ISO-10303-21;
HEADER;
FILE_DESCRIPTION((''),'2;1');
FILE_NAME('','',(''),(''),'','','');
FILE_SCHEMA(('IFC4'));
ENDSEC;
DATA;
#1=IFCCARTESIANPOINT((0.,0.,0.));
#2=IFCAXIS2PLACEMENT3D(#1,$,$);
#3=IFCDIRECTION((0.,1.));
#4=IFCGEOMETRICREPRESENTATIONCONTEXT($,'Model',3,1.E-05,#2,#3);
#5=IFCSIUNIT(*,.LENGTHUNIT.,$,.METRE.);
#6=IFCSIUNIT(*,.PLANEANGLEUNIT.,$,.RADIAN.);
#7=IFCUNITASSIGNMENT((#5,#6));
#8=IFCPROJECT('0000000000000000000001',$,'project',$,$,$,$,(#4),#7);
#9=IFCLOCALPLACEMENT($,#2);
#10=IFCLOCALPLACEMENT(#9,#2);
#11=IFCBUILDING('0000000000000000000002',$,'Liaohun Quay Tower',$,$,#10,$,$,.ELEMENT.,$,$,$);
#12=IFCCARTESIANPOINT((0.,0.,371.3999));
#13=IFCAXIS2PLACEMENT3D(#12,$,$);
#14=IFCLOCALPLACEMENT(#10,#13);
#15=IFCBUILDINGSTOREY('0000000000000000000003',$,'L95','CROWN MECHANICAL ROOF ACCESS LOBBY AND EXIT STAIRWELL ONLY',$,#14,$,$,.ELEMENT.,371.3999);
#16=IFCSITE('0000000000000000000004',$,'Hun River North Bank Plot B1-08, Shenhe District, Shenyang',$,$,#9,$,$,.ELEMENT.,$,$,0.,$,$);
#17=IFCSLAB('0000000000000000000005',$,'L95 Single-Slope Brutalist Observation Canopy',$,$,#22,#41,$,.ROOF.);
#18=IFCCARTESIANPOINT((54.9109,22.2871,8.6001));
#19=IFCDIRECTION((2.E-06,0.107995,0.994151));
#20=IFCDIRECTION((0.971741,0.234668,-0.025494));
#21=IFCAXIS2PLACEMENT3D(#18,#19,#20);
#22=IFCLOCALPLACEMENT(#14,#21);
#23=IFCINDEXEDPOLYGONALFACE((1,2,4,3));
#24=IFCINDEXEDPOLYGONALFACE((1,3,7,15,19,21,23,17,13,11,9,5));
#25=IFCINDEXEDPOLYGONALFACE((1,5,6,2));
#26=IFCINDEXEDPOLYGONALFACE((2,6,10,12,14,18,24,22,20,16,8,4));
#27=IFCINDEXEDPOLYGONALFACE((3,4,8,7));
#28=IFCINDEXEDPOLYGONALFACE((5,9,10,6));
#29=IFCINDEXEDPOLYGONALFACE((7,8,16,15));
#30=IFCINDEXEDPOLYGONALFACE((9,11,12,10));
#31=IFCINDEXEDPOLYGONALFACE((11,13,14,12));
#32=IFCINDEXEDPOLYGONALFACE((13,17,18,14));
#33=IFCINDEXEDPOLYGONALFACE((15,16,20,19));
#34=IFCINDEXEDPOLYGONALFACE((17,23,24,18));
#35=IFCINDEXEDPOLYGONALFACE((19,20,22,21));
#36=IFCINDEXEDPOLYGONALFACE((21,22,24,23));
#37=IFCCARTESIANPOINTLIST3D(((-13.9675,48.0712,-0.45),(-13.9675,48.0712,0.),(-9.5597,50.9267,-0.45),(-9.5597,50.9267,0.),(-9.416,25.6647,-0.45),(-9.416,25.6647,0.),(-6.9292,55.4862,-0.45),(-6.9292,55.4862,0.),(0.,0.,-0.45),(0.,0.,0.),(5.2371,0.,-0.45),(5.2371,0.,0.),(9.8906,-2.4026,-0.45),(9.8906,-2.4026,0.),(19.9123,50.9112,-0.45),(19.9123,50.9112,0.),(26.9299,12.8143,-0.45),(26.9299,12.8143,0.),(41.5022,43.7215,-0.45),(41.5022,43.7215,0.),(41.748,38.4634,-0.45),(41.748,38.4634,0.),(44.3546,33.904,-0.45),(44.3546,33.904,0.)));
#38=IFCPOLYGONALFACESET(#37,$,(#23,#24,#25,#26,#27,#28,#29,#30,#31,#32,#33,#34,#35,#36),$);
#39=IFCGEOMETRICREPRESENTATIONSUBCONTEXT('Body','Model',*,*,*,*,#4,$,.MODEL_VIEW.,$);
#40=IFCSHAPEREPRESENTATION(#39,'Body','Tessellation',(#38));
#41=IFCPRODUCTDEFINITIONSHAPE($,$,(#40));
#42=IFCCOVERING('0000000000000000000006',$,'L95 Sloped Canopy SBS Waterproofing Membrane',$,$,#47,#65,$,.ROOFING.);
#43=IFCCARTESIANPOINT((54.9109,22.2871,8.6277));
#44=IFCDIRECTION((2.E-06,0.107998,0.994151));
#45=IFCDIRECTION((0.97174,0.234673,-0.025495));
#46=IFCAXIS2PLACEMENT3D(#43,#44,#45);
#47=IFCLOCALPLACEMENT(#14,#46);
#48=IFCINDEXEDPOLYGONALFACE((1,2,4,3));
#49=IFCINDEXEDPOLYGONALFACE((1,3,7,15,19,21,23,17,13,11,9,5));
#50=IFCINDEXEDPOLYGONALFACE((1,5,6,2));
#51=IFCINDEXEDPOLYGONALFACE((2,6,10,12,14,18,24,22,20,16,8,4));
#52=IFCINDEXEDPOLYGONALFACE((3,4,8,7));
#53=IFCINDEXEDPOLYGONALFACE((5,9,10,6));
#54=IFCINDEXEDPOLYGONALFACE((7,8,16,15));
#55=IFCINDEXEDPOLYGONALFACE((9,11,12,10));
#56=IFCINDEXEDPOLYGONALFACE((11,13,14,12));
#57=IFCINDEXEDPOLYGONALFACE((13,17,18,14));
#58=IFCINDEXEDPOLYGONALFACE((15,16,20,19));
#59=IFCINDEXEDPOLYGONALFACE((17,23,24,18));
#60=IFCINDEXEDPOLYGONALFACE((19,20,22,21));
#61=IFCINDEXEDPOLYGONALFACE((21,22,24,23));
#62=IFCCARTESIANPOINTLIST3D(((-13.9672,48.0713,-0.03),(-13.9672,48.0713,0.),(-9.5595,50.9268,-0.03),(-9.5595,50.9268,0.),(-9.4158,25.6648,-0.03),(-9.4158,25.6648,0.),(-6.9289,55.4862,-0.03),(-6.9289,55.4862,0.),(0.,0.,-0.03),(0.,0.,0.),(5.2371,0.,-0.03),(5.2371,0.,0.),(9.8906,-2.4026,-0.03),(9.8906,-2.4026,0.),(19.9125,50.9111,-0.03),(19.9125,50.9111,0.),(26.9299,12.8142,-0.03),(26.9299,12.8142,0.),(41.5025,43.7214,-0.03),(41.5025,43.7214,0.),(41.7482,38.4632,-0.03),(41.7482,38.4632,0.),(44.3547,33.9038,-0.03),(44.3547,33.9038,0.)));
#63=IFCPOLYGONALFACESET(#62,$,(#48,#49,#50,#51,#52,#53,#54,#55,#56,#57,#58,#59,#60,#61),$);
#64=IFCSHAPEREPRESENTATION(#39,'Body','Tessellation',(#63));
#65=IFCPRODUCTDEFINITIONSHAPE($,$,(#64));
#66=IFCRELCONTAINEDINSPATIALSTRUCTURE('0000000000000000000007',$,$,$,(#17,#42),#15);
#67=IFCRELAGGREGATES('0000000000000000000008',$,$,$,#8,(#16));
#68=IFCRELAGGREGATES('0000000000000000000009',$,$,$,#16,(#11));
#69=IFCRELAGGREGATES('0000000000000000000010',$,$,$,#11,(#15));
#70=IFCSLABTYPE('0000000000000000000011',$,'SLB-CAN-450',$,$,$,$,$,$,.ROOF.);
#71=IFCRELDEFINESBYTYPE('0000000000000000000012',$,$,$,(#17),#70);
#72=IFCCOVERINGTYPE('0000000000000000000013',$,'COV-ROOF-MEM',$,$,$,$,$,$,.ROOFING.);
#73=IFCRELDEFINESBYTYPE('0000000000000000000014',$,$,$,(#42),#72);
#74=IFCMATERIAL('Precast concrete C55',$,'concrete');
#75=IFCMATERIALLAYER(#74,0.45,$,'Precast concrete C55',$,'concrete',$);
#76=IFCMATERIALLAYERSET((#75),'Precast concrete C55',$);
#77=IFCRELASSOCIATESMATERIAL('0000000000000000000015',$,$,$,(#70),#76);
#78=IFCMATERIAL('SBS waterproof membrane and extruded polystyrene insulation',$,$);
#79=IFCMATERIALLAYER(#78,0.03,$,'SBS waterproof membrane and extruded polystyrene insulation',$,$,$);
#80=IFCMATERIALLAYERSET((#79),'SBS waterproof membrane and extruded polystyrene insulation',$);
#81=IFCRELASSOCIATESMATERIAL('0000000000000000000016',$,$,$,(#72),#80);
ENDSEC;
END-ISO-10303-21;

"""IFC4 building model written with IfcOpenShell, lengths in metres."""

from ifc_helpers import new_model, si_unit, direction, frame, origin, place, context, subcontext, project, spatial, polyline, outline, extrude, material, layer, layer_set, type_object, element, save


model = new_model("IFC4")

# Units and contexts
model_context = context("Model", 3, precision=1e-05, world=origin(), true_north=direction((0.0, 1.0)))
body_context = subcontext(model_context, "Body", "Model", "MODEL_VIEW")
ifc_project = project(units=[si_unit("LENGTHUNIT", "METRE"), si_unit("PLANEANGLEUNIT", "RADIAN")], contexts=[model_context])

# Site, building, storey
site_placement = place(None, origin())
site = spatial("IfcSite", under=ifc_project, at=site_placement, Name="Hun River North Bank Plot B1-08, Shenhe District, Shenyang", CompositionType="ELEMENT", RefElevation=0.0)
building_placement = place(site_placement, origin())
building = spatial("IfcBuilding", under=site, at=building_placement, Name="Liaohun Quay Tower", CompositionType="ELEMENT")
storey_placement = place(building_placement, frame((0.0, 0.0, 371.3999)))
storey = spatial("IfcBuildingStorey", under=building, at=storey_placement, Name="L95", Description="CROWN MECHANICAL ROOF ACCESS LOBBY AND EXIT STAIRWELL ONLY", CompositionType="ELEMENT", Elevation=371.3999)

# Shared definitions
ifc_material_1 = material(Name="Precast concrete C55", Category="concrete")
ifc_layer_1 = layer(ifc_material_1, 0.45, Name="Precast concrete C55", Category="concrete")
ifc_layer_set_1 = layer_set([ifc_layer_1], Name="Precast concrete C55")
slab_type = type_object("IfcSlabType", Name="SLB-CAN-450", PredefinedType="ROOF", material=ifc_layer_set_1)

# Slab
slab_1_placement = place(storey_placement, frame((54.9109, 22.2871, 8.6001), z_axis=(0.000002, 0.107995, 0.994151), x_axis=(0.971741, 0.234668, -0.025494)))
element("IfcSlab", 1, at=slab_1_placement, inside=storey, type_object=slab_type, Name="L95 Single-Slope Brutalist Observation Canopy", PredefinedType="ROOF", context=body_context, shape_type="SweptSolid", body=[
    extrude(outline(polyline([(0.0, 0.0), (5.2371, 0.0), (9.8906, -2.4026), (26.9299, 12.8143), (44.3546, 33.904), (41.748, 38.4634), (41.5022, 43.7215), (19.9123, 50.9112), (-6.9292, 55.4862), (-9.5597, 50.9267), (-13.9675, 48.0712), (-9.416, 25.6647), (0.0, 0.0)])), origin(), (0.0, 0.0, -1.0), 0.45),
])

# Covering
ifc_material_2 = material(Name="SBS waterproof membrane and extruded polystyrene insulation")
ifc_layer_2 = layer(ifc_material_2, 0.03, Name="SBS waterproof membrane and extruded polystyrene insulation")
ifc_layer_set_2 = layer_set([ifc_layer_2], Name="SBS waterproof membrane and extruded polystyrene insulation")
covering_type = type_object("IfcCoveringType", Name="COV-ROOF-MEM", PredefinedType="ROOFING", material=ifc_layer_set_2)
covering_placement = place(storey_placement, frame((54.9109, 22.2871, 8.6277), z_axis=(0.000002, 0.107998, 0.994151), x_axis=(0.97174, 0.234673, -0.025495)))
element("IfcCovering", 2, at=covering_placement, inside=storey, type_object=covering_type, Name="L95 Sloped Canopy SBS Waterproofing Membrane", PredefinedType="ROOFING", context=body_context, shape_type="SweptSolid", body=[
    extrude(outline(polyline([(0.0, 0.0), (5.2371, 0.0), (9.8906, -2.4026), (26.9299, 12.8142), (44.3547, 33.9038), (41.7482, 38.4632), (41.5025, 43.7214), (19.9125, 50.9111), (-6.9289, 55.4862), (-9.5595, 50.9268), (-13.9672, 48.0713), (-9.4158, 25.6648), (0.0, 0.0)])), origin(), (0.0, 0.0, -1.0), 0.03),
])

save(model, "model.ifc")
